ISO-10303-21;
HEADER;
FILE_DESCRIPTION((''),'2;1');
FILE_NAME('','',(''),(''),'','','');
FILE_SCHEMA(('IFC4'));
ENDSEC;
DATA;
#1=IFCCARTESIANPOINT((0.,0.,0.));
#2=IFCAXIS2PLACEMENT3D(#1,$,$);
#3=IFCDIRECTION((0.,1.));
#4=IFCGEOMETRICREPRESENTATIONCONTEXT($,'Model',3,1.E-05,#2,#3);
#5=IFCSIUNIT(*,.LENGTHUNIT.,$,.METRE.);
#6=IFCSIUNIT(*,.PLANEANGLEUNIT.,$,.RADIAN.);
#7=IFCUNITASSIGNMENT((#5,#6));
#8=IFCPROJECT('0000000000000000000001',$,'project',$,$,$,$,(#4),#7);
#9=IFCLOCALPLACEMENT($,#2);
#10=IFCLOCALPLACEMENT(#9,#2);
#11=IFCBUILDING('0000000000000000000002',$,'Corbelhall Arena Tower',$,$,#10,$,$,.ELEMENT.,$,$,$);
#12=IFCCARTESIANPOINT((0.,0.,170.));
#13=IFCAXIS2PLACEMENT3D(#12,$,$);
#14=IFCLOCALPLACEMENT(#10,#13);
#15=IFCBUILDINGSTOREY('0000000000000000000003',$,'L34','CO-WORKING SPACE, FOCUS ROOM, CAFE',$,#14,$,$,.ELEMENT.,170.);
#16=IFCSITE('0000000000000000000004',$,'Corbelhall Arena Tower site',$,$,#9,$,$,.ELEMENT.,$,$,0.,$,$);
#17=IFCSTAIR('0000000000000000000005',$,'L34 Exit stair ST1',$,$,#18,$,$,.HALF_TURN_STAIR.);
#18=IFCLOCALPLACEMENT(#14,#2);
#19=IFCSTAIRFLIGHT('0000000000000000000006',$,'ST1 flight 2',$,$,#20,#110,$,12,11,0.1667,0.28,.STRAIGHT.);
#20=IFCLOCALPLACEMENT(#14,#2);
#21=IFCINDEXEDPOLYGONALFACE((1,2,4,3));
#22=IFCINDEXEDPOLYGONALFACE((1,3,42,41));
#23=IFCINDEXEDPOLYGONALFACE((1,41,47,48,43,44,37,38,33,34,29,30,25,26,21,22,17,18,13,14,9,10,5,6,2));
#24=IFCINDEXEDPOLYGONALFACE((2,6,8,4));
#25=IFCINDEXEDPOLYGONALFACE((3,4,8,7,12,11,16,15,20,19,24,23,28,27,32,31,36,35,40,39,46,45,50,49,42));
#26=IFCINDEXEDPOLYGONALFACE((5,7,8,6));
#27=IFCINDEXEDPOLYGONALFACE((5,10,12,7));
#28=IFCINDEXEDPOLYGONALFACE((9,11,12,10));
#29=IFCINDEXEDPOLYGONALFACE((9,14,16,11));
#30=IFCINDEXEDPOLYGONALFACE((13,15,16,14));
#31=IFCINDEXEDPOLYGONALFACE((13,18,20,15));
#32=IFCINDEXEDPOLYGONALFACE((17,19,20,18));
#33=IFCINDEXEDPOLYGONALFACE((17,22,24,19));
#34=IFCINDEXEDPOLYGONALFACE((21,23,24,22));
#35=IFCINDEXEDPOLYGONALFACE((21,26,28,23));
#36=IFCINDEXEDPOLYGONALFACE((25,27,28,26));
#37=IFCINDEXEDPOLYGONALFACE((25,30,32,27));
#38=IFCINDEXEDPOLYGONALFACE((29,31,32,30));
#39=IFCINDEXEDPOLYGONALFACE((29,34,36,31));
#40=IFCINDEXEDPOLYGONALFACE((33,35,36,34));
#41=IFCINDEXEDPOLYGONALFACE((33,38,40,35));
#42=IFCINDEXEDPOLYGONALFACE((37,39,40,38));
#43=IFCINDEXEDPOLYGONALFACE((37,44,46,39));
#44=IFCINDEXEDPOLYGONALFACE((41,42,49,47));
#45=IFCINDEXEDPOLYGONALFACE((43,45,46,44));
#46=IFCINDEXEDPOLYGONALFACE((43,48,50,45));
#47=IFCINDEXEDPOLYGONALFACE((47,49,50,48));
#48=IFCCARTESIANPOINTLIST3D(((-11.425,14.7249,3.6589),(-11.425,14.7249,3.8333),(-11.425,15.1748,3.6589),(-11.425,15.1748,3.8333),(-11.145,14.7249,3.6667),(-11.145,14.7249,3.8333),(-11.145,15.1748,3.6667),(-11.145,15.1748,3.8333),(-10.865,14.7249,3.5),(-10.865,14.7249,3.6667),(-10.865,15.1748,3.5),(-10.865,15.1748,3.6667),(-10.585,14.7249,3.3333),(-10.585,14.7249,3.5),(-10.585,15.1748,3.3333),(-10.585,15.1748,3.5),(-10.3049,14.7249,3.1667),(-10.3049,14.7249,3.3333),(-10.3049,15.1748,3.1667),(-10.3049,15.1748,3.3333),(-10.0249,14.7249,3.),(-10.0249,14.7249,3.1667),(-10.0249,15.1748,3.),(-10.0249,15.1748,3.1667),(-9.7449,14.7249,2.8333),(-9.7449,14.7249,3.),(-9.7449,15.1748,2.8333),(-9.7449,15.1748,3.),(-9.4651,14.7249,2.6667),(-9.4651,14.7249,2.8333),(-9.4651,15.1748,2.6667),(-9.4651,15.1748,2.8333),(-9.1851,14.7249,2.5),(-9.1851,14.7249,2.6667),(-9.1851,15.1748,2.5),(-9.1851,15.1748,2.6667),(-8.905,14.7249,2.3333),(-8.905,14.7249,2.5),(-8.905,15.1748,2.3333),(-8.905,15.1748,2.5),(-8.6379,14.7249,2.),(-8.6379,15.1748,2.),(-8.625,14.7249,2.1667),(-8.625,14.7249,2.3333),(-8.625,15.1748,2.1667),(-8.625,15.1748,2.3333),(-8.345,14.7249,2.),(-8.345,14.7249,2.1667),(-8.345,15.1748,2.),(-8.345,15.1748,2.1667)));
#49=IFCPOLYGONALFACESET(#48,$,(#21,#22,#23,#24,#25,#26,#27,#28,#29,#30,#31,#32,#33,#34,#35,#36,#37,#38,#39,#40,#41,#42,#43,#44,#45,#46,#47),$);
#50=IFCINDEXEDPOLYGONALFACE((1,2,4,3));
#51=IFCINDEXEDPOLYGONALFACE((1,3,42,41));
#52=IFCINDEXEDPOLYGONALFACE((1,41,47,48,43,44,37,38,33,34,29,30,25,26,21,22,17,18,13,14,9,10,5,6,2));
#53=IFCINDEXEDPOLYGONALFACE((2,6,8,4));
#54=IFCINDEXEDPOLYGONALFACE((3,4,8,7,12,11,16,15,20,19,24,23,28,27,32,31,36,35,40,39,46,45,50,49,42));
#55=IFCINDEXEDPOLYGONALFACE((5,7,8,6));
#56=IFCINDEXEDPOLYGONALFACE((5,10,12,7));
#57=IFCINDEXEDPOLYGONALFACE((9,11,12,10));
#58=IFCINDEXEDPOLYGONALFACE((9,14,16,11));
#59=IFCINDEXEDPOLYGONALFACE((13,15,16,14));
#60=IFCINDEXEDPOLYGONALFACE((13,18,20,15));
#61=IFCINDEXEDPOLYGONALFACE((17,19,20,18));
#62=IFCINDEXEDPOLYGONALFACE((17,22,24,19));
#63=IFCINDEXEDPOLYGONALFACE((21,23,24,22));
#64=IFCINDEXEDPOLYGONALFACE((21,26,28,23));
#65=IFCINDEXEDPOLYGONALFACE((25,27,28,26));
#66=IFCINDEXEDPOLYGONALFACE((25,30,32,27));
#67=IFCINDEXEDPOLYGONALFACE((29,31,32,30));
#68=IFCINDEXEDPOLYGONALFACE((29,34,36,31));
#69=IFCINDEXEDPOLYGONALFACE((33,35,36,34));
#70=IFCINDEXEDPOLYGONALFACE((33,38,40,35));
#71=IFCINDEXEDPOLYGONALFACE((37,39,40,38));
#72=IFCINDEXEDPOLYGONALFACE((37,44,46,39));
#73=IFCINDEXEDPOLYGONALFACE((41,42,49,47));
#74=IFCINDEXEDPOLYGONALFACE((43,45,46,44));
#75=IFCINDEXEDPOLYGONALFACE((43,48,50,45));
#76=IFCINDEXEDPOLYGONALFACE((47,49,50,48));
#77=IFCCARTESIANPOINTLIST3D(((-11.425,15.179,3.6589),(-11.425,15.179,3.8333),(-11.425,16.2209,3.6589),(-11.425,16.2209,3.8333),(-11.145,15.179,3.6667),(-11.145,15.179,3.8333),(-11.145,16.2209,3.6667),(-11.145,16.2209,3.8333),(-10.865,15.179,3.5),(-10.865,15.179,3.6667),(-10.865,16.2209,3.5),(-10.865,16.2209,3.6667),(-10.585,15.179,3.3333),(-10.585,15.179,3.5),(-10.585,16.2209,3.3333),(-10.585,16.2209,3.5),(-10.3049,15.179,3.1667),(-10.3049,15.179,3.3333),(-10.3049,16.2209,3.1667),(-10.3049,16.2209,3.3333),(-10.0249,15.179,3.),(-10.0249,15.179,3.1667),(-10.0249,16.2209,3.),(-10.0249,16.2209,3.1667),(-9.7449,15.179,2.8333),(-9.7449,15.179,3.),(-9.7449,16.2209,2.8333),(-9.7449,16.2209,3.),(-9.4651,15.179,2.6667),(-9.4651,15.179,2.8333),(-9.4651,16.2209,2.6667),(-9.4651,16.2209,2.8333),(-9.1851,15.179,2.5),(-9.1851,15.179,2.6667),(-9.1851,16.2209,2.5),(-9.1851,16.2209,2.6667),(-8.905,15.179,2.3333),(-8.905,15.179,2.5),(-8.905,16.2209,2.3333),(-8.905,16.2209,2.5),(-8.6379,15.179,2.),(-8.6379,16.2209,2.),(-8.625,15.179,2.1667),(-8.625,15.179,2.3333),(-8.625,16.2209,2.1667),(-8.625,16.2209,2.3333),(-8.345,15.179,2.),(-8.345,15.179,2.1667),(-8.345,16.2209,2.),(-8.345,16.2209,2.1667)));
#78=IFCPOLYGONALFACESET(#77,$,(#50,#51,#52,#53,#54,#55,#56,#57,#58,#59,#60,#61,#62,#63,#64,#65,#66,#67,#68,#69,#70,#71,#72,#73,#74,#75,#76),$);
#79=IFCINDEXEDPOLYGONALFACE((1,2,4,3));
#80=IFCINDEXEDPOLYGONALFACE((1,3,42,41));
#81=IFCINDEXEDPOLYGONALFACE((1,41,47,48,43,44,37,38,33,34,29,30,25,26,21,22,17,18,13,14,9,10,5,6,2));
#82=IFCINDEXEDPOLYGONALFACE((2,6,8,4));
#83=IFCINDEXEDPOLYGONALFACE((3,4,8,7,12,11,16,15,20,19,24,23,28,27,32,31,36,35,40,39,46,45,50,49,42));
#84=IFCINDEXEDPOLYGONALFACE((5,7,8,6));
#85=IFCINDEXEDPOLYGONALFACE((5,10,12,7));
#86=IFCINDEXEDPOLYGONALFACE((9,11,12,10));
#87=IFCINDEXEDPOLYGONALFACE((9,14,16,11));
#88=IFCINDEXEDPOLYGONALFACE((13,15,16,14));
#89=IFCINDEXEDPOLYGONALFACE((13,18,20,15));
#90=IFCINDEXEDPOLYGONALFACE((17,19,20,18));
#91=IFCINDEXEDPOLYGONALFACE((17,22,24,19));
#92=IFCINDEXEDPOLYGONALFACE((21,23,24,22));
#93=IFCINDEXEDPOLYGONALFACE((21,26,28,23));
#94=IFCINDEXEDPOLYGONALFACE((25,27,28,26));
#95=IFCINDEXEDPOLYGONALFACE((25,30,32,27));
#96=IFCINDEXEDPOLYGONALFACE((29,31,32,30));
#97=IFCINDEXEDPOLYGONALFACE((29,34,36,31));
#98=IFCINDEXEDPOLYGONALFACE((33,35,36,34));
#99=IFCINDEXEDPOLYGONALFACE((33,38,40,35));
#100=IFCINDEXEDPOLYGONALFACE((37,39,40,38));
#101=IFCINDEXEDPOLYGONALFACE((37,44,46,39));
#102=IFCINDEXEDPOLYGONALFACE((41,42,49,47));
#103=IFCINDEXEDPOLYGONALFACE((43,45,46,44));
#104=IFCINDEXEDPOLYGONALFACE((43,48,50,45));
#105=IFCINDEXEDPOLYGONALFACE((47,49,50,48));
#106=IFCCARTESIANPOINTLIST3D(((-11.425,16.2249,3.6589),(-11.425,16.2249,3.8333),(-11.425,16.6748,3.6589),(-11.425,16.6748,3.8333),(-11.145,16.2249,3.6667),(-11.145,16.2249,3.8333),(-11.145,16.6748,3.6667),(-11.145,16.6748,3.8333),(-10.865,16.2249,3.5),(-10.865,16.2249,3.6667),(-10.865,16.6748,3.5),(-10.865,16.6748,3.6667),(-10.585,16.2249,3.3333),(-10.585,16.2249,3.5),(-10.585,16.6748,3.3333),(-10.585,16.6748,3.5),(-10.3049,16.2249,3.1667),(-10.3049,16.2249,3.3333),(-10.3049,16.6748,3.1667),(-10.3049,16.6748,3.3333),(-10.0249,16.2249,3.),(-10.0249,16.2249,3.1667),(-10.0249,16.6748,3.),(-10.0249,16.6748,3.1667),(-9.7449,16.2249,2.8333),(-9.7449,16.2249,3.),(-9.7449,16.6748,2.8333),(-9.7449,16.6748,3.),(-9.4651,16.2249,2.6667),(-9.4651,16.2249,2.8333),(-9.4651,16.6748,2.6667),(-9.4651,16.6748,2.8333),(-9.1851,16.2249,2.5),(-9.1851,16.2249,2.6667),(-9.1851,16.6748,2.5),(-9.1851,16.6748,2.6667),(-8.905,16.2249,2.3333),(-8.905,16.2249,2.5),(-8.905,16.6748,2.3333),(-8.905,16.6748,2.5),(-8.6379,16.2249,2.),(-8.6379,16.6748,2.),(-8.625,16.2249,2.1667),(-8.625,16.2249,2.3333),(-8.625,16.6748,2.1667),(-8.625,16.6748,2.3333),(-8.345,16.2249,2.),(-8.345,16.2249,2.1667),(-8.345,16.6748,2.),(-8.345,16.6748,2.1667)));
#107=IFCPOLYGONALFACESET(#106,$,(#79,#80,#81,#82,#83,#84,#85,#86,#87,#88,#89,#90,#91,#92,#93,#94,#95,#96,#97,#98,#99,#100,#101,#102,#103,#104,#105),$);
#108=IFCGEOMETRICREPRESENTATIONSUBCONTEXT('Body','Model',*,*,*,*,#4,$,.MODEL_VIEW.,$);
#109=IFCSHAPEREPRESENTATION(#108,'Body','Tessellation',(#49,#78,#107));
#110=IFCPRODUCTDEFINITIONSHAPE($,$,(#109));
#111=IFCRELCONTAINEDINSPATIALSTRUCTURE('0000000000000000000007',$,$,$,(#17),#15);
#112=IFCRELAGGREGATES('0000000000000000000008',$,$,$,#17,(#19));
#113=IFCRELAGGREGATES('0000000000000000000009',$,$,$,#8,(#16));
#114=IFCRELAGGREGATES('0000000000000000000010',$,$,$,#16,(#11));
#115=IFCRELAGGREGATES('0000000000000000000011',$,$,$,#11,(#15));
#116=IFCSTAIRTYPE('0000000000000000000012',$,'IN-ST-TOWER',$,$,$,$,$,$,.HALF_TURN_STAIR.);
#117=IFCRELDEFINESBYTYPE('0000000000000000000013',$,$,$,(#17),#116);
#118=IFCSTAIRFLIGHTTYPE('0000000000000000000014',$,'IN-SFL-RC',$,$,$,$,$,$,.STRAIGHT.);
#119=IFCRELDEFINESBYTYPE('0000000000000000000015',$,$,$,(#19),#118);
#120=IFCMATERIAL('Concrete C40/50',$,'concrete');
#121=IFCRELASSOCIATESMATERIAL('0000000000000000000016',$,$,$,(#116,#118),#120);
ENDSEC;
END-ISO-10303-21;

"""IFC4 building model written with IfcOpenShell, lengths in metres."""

from ifc_helpers import new_model, si_unit, direction, frame, origin, place, context, subcontext, project, spatial, polyline, outline, extrude, material, type_object, element, aggregate, save


model = new_model("IFC4")

# Units and contexts
model_context = context("Model", 3, precision=1e-05, world=origin(), true_north=direction((0.0, 1.0)))
body_context = subcontext(model_context, "Body", "Model", "MODEL_VIEW")
ifc_project = project(units=[si_unit("LENGTHUNIT", "METRE"), si_unit("PLANEANGLEUNIT", "RADIAN")], contexts=[model_context])

# Site, building, storey
site_placement = place(None, origin())
site = spatial("IfcSite", under=ifc_project, at=site_placement, Name="Corbelhall Arena Tower site", CompositionType="ELEMENT", RefElevation=0.0)
building_placement = place(site_placement, origin())
building = spatial("IfcBuilding", under=site, at=building_placement, Name="Corbelhall Arena Tower", CompositionType="ELEMENT")
storey_placement = place(building_placement, frame((0.0, 0.0, 170.0)))
storey = spatial("IfcBuildingStorey", under=building, at=storey_placement, Name="L34", Description="CO-WORKING SPACE, FOCUS ROOM, CAFE", CompositionType="ELEMENT", Elevation=170.0)

# Shared definitions
ifc_material_1 = material(Name="Concrete C40/50", Category="concrete")

# Stair, stair flight
stair_type = type_object("IfcStairType", Name="IN-ST-TOWER", PredefinedType="HALF_TURN_STAIR", material=ifc_material_1)
stair_placement = place(storey_placement, origin())
stair = element("IfcStair", 1, at=stair_placement, inside=storey, type_object=stair_type, Name="L34 Exit stair ST1", PredefinedType="HALF_TURN_STAIR")
stair_flight_type = type_object("IfcStairFlightType", Name="IN-SFL-RC", PredefinedType="STRAIGHT", material=ifc_material_1)
stair_flight_placement = place(storey_placement, frame((-8.345, 15.7, 2.0), z_axis=(0.0, 0.0, 1.0), x_axis=(-1.0, 0.0, 0.0)))
stair_flight = element("IfcStairFlight", 2, at=stair_flight_placement, type_object=stair_flight_type, Name="ST1 flight 2", NumberOfRisers=12, NumberOfTreads=11, PredefinedType="STRAIGHT", RiserHeight=0.1667, TreadLength=0.28, context=body_context, shape_type="SweptSolid", body=[
    extrude(outline(polyline([(0.0, 0.0), (0.0, 0.1667), (0.28, 0.1667), (0.28, 0.3333), (0.5601, 0.3333), (0.5601, 0.5), (0.8401, 0.5), (0.8401, 0.6667), (1.1201, 0.6667), (1.1201, 0.8333), (1.3999, 0.8333), (1.3999, 1.0), (1.6799, 1.0), (1.6799, 1.1667), (1.96, 1.1667), (1.96, 1.3333), (2.24, 1.3333), (2.24, 1.5), (2.52, 1.5), (2.52, 1.6667), (2.8, 1.6667), (2.8, 1.8333), (3.0801, 1.8333), (3.0801, 2.0), (3.0801, 1.6589), (0.293, 0.0), (0.0, 0.0)])), frame((0.0, 0.9751, 0.0), z_axis=(0.0, -1.0, 0.0), x_axis=(1.0, 0.0, 0.0)), (0.0, 0.0, 1.0), 0.45),
    extrude(outline(polyline([(0.0, 0.0), (0.0, 0.1667), (0.28, 0.1667), (0.28, 0.3333), (0.5601, 0.3333), (0.5601, 0.5), (0.8401, 0.5), (0.8401, 0.6667), (1.1201, 0.6667), (1.1201, 0.8333), (1.3999, 0.8333), (1.3999, 1.0), (1.6799, 1.0), (1.6799, 1.1667), (1.96, 1.1667), (1.96, 1.3333), (2.24, 1.3333), (2.24, 1.5), (2.52, 1.5), (2.52, 1.6667), (2.8, 1.6667), (2.8, 1.8333), (3.0801, 1.8333), (3.0801, 2.0), (3.0801, 1.6589), (0.293, 0.0), (0.0, 0.0)])), frame((0.0, 0.521, 0.0), z_axis=(0.0, -1.0, 0.0), x_axis=(1.0, 0.0, 0.0)), (0.0, 0.0, 1.0), 1.042),
    extrude(outline(polyline([(0.0, 0.0), (0.0, 0.1667), (0.28, 0.1667), (0.28, 0.3333), (0.5601, 0.3333), (0.5601, 0.5), (0.8401, 0.5), (0.8401, 0.6667), (1.1201, 0.6667), (1.1201, 0.8333), (1.3999, 0.8333), (1.3999, 1.0), (1.6799, 1.0), (1.6799, 1.1667), (1.96, 1.1667), (1.96, 1.3333), (2.24, 1.3333), (2.24, 1.5), (2.52, 1.5), (2.52, 1.6667), (2.8, 1.6667), (2.8, 1.8333), (3.0801, 1.8333), (3.0801, 2.0), (3.0801, 1.6589), (0.293, 0.0), (0.0, 0.0)])), frame((0.0, -0.5249, 0.0), z_axis=(0.0, -1.0, 0.0), x_axis=(1.0, 0.0, 0.0)), (0.0, 0.0, 1.0), 0.45),
])
aggregate(stair, [stair_flight])

save(model, "model.ifc")
